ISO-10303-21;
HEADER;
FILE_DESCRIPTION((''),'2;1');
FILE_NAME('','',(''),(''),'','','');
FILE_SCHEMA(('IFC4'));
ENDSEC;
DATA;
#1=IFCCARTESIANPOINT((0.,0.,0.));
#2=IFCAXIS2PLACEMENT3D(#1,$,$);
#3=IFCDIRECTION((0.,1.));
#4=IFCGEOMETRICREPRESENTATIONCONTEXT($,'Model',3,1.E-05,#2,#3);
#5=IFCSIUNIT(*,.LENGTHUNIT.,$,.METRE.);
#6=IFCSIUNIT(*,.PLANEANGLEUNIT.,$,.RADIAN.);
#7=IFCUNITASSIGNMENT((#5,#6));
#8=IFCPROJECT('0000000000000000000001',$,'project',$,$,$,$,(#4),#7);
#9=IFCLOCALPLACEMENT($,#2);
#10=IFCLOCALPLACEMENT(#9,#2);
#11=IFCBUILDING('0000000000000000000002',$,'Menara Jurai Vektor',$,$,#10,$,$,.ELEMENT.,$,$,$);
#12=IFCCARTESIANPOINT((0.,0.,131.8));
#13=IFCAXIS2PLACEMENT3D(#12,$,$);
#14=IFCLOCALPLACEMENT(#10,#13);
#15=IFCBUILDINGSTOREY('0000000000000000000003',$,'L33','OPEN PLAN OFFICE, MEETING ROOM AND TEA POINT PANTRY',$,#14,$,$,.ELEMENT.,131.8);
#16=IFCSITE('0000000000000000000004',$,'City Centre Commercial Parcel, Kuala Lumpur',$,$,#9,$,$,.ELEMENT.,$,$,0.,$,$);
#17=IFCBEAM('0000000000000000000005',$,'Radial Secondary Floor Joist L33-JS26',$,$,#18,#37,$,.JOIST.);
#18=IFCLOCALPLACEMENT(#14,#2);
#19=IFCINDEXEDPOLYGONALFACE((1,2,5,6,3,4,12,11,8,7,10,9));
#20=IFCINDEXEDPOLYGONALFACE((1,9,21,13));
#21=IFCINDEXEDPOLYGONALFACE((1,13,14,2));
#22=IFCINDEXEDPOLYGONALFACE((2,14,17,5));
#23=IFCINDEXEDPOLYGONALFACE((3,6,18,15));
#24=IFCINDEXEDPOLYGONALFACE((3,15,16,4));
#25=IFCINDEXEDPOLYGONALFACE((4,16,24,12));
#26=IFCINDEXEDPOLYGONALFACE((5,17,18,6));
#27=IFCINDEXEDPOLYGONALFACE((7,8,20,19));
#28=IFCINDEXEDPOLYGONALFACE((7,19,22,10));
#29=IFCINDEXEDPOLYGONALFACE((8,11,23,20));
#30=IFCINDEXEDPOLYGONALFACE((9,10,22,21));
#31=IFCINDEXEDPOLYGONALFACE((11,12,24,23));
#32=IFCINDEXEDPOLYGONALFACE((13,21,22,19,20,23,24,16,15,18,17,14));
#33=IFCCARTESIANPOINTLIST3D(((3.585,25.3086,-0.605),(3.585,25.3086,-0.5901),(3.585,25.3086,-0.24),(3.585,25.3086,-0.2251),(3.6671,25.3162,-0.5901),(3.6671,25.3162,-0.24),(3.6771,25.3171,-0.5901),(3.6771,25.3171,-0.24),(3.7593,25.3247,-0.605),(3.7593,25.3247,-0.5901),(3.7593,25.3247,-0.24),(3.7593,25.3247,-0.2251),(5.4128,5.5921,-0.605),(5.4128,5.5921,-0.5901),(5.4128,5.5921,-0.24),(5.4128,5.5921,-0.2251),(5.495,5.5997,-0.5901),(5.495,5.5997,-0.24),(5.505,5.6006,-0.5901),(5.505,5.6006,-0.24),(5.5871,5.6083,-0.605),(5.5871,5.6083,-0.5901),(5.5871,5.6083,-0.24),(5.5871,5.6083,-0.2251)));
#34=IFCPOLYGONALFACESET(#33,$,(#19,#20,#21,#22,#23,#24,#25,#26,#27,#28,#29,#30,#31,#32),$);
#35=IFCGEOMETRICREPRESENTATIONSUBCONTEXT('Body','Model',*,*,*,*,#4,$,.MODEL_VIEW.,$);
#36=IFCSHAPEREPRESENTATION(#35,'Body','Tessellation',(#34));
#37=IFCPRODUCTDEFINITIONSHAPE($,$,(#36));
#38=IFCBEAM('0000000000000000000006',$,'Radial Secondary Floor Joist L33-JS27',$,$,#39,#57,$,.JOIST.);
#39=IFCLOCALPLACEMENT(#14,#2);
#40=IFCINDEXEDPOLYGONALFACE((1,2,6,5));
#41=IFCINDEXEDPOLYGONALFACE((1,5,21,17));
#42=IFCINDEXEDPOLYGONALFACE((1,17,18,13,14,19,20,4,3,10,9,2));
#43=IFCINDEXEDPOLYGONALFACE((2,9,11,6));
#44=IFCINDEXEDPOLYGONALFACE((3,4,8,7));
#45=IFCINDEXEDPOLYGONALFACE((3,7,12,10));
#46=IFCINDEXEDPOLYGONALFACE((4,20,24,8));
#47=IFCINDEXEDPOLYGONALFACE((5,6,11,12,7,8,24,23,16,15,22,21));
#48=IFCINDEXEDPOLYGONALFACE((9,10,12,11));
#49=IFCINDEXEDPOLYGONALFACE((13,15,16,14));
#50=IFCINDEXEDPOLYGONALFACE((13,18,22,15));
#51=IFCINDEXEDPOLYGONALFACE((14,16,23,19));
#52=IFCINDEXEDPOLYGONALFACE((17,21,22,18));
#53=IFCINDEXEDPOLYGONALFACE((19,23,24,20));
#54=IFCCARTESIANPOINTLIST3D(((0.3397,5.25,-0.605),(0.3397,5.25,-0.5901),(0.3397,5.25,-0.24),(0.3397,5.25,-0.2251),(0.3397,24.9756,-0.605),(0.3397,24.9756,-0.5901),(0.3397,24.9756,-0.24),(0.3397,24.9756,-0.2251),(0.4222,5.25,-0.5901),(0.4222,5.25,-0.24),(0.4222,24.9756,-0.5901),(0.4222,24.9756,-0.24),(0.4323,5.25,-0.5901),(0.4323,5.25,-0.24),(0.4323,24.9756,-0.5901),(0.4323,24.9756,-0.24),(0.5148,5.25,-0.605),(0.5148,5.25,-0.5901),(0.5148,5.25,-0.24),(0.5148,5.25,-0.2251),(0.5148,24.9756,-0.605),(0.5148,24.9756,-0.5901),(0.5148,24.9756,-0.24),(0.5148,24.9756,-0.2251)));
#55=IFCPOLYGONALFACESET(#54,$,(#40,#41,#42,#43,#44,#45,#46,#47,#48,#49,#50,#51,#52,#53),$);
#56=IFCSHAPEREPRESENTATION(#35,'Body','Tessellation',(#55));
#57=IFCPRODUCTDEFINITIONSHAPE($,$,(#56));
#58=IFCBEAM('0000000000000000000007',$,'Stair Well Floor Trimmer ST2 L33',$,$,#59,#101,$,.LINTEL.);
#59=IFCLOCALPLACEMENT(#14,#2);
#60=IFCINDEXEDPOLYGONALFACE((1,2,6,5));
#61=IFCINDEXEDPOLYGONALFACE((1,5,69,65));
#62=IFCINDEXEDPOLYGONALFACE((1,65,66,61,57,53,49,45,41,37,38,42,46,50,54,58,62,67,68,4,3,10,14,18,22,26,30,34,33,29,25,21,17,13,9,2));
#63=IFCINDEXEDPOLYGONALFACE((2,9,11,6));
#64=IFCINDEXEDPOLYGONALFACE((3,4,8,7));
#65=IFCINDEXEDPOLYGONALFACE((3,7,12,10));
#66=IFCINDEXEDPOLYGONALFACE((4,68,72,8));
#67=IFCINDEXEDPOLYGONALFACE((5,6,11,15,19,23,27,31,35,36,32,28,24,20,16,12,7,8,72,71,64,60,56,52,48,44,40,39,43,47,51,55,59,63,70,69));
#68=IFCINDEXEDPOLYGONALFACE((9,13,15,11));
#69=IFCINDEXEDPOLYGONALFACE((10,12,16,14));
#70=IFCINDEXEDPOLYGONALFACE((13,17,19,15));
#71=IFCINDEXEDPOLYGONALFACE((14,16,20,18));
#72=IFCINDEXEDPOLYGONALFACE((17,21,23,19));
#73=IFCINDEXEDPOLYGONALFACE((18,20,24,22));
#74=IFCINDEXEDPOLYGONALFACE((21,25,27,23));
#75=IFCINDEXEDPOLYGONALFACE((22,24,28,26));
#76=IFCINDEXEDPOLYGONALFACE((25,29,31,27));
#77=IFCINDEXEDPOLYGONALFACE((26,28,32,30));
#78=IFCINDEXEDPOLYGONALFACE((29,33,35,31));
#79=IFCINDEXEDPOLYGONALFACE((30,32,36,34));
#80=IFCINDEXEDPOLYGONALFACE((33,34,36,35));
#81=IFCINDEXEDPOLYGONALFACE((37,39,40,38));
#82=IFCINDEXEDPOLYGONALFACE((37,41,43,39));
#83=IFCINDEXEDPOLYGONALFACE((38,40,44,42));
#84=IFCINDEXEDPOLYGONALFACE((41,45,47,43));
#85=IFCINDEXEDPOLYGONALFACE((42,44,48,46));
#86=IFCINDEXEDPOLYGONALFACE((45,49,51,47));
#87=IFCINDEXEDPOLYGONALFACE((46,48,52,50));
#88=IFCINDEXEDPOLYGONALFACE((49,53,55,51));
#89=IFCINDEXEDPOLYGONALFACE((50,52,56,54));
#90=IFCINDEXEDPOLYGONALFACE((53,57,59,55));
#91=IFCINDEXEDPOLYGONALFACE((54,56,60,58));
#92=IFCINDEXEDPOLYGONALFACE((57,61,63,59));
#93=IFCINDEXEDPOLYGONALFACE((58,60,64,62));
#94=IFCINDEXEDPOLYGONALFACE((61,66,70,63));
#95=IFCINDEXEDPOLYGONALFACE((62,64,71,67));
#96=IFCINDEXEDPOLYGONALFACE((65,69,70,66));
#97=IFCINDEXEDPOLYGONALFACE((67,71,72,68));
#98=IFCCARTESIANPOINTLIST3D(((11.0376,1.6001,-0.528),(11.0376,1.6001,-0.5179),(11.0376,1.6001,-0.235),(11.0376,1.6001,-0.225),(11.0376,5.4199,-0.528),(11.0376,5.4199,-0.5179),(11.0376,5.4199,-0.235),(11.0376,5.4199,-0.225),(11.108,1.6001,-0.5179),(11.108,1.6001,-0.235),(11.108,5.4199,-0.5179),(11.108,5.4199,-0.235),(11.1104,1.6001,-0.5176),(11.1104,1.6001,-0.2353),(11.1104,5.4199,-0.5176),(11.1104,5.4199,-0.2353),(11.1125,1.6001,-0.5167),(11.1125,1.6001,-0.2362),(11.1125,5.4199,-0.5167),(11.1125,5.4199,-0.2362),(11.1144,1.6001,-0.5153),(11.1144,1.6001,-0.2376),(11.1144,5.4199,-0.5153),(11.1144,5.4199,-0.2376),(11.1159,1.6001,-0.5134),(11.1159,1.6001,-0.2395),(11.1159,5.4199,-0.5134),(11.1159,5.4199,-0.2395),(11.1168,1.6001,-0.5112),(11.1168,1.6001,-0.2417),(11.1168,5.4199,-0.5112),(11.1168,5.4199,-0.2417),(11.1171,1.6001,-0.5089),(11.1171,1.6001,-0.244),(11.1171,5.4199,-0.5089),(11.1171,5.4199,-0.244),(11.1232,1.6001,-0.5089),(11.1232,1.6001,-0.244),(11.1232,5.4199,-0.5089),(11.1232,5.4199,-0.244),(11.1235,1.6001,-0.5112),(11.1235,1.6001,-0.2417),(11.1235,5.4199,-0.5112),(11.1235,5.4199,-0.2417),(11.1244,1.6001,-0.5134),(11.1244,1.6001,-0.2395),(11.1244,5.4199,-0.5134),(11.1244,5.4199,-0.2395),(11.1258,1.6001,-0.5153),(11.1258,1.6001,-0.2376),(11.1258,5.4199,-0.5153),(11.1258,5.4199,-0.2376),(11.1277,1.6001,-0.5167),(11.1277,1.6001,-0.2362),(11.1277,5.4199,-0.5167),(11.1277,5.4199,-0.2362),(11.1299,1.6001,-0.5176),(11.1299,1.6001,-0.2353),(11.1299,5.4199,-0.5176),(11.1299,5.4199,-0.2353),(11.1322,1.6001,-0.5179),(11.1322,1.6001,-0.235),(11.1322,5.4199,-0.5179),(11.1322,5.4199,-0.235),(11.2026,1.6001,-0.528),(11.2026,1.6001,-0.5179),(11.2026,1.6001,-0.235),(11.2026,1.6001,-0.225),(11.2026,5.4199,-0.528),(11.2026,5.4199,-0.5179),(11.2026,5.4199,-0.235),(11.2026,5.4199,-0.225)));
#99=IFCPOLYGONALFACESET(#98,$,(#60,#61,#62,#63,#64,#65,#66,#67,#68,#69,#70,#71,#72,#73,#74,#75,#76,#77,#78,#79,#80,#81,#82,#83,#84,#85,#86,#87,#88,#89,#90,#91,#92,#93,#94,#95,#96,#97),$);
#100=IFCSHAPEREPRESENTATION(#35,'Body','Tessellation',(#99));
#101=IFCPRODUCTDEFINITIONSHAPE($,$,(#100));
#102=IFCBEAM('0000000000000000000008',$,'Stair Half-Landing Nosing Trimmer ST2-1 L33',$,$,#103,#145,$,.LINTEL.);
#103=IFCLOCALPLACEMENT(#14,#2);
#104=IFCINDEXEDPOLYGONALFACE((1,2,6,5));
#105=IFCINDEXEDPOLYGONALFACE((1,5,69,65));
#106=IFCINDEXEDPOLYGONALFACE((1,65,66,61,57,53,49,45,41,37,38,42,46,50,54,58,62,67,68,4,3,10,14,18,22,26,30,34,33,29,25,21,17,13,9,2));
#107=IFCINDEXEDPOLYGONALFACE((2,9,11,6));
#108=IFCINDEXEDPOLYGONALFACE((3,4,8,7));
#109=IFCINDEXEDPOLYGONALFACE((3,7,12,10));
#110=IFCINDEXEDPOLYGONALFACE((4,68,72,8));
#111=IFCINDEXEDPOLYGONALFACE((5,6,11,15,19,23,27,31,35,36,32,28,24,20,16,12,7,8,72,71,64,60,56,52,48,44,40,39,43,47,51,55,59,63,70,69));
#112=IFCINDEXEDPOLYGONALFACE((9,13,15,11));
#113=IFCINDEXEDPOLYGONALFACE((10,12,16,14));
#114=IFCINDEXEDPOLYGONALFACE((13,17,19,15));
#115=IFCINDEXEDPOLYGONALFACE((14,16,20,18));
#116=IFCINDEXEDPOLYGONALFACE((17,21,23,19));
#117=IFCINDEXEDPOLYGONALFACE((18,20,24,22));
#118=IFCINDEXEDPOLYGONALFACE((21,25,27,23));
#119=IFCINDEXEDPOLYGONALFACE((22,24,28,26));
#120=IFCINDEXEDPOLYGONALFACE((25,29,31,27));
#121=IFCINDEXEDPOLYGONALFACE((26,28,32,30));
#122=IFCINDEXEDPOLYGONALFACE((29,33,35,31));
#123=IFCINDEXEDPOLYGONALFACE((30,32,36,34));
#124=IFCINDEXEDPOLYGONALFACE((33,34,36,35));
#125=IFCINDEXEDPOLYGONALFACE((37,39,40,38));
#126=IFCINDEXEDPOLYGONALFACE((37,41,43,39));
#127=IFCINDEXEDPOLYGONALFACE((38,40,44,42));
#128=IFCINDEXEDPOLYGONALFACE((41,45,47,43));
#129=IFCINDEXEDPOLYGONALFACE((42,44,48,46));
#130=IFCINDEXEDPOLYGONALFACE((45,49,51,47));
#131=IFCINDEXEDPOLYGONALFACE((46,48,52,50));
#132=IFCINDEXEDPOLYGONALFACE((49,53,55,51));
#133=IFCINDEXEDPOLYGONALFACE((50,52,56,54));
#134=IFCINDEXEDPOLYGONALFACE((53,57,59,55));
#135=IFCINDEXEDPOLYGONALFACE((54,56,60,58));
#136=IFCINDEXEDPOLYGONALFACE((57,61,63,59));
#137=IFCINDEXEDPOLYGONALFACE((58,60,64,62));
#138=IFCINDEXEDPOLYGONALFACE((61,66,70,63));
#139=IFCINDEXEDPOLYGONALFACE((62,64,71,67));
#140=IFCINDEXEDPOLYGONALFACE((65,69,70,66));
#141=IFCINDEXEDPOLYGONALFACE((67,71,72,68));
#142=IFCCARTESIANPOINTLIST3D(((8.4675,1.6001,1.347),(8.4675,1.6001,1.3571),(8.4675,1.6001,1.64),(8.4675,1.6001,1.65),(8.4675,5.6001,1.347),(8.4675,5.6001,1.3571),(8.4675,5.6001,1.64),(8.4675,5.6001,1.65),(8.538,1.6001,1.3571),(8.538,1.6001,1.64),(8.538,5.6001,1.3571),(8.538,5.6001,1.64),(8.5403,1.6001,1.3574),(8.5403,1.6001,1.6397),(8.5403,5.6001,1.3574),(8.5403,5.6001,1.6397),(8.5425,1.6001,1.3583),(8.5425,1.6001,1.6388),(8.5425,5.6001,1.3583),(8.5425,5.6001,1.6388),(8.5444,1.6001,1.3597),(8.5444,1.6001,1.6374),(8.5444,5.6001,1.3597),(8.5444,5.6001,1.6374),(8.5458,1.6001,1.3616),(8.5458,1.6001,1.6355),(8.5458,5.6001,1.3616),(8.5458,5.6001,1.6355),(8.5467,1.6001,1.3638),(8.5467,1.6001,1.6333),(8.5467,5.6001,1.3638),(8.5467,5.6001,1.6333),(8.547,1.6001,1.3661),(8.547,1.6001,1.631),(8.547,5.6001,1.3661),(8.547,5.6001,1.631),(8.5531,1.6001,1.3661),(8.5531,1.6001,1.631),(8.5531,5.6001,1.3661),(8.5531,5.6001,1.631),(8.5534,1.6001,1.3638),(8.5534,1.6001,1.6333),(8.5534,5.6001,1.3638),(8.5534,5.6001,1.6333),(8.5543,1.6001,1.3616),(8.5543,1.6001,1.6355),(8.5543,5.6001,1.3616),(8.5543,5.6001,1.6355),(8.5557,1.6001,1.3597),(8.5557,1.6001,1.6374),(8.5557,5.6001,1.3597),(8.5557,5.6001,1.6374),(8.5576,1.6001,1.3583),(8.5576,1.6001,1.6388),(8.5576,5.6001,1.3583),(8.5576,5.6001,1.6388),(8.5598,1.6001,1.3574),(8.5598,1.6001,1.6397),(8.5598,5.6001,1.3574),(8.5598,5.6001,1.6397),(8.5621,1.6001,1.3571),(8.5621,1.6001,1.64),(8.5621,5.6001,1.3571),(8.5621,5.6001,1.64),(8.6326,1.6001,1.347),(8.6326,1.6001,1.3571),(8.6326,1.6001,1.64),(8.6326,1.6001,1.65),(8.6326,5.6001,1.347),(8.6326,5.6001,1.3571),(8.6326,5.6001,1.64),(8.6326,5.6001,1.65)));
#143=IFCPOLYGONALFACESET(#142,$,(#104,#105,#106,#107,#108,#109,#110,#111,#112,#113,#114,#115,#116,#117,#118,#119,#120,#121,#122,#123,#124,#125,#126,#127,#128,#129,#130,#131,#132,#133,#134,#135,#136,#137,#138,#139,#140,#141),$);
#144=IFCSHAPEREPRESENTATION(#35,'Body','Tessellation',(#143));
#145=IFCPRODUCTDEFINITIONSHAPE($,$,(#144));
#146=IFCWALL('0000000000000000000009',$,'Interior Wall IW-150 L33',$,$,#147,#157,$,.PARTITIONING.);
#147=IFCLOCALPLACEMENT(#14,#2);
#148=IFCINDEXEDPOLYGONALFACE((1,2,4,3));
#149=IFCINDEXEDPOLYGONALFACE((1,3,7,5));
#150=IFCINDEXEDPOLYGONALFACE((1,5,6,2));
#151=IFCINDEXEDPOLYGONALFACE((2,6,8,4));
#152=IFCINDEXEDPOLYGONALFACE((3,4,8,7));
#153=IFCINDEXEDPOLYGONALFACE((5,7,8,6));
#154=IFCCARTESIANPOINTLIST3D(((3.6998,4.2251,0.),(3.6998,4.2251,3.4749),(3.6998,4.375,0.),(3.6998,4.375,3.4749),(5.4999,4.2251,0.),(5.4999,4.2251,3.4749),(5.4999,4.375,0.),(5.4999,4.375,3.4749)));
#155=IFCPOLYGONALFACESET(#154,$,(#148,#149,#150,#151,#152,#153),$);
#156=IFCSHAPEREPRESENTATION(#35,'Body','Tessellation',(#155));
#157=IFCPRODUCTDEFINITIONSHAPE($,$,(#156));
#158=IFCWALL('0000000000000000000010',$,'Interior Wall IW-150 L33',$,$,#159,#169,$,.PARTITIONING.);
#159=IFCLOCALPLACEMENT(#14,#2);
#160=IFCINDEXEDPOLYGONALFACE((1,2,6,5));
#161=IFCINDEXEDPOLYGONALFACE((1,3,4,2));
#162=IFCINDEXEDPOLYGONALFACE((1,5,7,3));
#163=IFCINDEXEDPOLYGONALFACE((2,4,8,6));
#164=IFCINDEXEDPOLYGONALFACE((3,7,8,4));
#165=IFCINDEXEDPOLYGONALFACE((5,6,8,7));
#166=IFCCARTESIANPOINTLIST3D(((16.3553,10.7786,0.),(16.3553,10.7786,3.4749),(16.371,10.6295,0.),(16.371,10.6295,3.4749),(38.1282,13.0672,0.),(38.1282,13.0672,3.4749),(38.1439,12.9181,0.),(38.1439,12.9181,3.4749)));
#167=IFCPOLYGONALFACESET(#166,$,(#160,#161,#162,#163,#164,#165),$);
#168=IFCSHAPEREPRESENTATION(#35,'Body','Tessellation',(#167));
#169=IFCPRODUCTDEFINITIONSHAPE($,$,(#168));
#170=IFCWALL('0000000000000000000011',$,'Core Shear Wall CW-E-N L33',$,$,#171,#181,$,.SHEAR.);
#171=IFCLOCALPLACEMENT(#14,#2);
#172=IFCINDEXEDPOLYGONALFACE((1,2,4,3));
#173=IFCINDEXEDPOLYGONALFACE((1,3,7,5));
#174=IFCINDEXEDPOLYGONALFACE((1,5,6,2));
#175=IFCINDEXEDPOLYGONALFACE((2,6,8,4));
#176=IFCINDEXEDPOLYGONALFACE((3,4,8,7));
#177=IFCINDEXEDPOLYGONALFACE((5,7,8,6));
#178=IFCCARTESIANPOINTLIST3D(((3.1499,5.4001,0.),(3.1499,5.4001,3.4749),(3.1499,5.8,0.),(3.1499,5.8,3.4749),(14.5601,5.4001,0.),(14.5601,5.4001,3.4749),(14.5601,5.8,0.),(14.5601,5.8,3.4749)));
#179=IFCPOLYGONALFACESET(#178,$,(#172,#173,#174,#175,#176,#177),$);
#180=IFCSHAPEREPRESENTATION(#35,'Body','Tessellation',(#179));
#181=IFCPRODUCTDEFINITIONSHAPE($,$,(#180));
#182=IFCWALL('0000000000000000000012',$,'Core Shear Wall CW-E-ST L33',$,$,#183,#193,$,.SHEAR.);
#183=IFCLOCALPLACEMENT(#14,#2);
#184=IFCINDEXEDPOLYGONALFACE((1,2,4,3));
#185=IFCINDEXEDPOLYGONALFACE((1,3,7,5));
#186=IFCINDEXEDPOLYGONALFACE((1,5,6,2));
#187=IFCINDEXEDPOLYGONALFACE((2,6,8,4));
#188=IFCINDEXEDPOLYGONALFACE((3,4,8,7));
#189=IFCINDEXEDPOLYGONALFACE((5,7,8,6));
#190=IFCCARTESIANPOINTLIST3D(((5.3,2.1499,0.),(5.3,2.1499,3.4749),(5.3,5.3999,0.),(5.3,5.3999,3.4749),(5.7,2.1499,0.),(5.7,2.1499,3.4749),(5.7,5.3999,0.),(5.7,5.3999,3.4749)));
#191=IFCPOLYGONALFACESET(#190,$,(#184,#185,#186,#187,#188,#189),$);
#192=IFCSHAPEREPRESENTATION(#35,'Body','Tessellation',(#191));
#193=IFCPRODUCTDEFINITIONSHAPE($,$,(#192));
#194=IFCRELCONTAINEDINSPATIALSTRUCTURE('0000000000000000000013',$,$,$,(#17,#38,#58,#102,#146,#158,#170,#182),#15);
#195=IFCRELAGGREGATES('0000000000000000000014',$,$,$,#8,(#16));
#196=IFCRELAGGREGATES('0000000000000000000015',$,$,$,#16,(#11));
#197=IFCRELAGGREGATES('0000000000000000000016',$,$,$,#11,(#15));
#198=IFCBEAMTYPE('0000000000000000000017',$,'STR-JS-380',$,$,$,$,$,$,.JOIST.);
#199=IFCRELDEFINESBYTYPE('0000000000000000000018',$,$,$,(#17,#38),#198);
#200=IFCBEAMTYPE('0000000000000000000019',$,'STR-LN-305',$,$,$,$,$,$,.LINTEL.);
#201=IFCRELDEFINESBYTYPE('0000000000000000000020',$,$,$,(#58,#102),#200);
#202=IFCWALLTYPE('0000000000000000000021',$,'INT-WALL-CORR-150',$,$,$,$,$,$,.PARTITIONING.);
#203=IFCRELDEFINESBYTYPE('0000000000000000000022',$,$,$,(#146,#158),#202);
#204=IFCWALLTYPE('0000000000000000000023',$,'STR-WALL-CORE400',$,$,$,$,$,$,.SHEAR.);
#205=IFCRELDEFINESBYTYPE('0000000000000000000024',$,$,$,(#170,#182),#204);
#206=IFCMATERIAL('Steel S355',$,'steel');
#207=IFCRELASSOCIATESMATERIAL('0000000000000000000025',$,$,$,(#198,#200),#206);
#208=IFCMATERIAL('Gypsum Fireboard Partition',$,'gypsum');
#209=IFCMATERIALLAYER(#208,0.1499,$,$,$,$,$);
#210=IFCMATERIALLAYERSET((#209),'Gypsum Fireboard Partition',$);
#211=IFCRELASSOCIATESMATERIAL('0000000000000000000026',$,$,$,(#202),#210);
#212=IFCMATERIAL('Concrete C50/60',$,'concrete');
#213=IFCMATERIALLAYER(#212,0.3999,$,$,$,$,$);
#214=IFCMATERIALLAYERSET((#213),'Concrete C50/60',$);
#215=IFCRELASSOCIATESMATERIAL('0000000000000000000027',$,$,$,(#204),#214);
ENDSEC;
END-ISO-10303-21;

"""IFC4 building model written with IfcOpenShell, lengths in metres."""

from ifc_helpers import new_model, si_unit, direction, frame, frame_2d, origin, origin_2d, place, context, subcontext, project, spatial, rectangle, i_section, extrude, material, layer, layer_set, material_profile, profile_set, type_object, element, save


model = new_model("IFC4")

# Units and contexts
model_context = context("Model", 3, precision=1e-05, world=origin(), true_north=direction((0.0, 1.0)))
body_context = subcontext(model_context, "Body", "Model", "MODEL_VIEW")
ifc_project = project(units=[si_unit("LENGTHUNIT", "METRE"), si_unit("PLANEANGLEUNIT", "RADIAN")], contexts=[model_context])

# Site, building, storey
site_placement = place(None, origin())
site = spatial("IfcSite", under=ifc_project, at=site_placement, Name="City Centre Commercial Parcel, Kuala Lumpur", CompositionType="ELEMENT", RefElevation=0.0)
building_placement = place(site_placement, origin())
building = spatial("IfcBuilding", under=site, at=building_placement, Name="Menara Jurai Vektor", CompositionType="ELEMENT")
storey_placement = place(building_placement, frame((0.0, 0.0, 131.8)))
storey = spatial("IfcBuildingStorey", under=building, at=storey_placement, Name="L33", Description="OPEN PLAN OFFICE, MEETING ROOM AND TEA POINT PANTRY", CompositionType="ELEMENT", Elevation=131.8)

# Shared definitions
ifc_material_1 = material(Name="Concrete C50/60", Category="concrete")
ifc_material_2 = material(Name="Steel S355", Category="steel")

# Beams
ifc_material_profile_1 = material_profile(ifc_material_2, i_section(OverallWidth=0.175, OverallDepth=0.3799, WebThickness=0.01, FlangeThickness=0.0149, at=origin_2d()), Name="PG 380x175x58")
ifc_profile_set_1 = profile_set([ifc_material_profile_1], Name="Steel S355")
beam_type_1 = type_object("IfcBeamType", Name="STR-JS-380", PredefinedType="JOIST", material=ifc_profile_set_1)
beam_1_placement = place(storey_placement, frame((3.6721, 25.3167, -0.415), z_axis=(0.092312, -0.99573, 0.0), x_axis=(0.99573, 0.092312, 0.0)))
element("IfcBeam", 1, at=beam_1_placement, inside=storey, type_object=beam_type_1, Name="Radial Secondary Floor Joist L33-JS26", PredefinedType="JOIST", context=body_context, shape_type="SweptSolid", body=[
    extrude(i_section(OverallWidth=0.175, OverallDepth=0.3799, WebThickness=0.01, FlangeThickness=0.0149, at=origin_2d()), origin(), (0.0, 0.0, 1.0), 19.801),
])
beam_2_placement = place(storey_placement, frame((0.4272, 24.9756, -0.415), z_axis=(0.0, -1.0, 0.0), x_axis=(1.0, 0.0, 0.0)))
element("IfcBeam", 2, at=beam_2_placement, inside=storey, type_object=beam_type_1, Name="Radial Secondary Floor Joist L33-JS27", PredefinedType="JOIST", context=body_context, shape_type="SweptSolid", body=[
    extrude(i_section(OverallWidth=0.175, OverallDepth=0.3799, WebThickness=0.01, FlangeThickness=0.0149, at=origin_2d()), origin(), (0.0, 0.0, 1.0), 19.7256),
])
ifc_material_profile_2 = material_profile(ifc_material_2, i_section(OverallWidth=0.165, OverallDepth=0.303, WebThickness=0.0061, FlangeThickness=0.01, FilletRadius=0.009, at=origin_2d()), Name="UKB 305x165x40")
ifc_profile_set_2 = profile_set([ifc_material_profile_2], Name="Steel S355")
beam_type_2 = type_object("IfcBeamType", Name="STR-LN-305", PredefinedType="LINTEL", material=ifc_profile_set_2)
beam_3_placement = place(storey_placement, frame((11.1201, 1.6001, -0.3765), z_axis=(0.0, 1.0, 0.0), x_axis=(-1.0, 0.0, 0.0)))
element("IfcBeam", 3, at=beam_3_placement, inside=storey, type_object=beam_type_2, Name="Stair Well Floor Trimmer ST2 L33", PredefinedType="LINTEL", context=body_context, shape_type="SweptSolid", body=[
    extrude(i_section(OverallWidth=0.165, OverallDepth=0.303, WebThickness=0.0061, FlangeThickness=0.01, FilletRadius=0.009, at=origin_2d()), origin(), (0.0, 0.0, 1.0), 3.8198),
])
beam_4_placement = place(storey_placement, frame((8.55, 1.6001, 1.4985), z_axis=(0.0, 1.0, 0.0), x_axis=(-1.0, 0.0, 0.0)))
element("IfcBeam", 4, at=beam_4_placement, inside=storey, type_object=beam_type_2, Name="Stair Half-Landing Nosing Trimmer ST2-1 L33", PredefinedType="LINTEL", context=body_context, shape_type="SweptSolid", body=[
    extrude(i_section(OverallWidth=0.165, OverallDepth=0.303, WebThickness=0.0061, FlangeThickness=0.01, FilletRadius=0.009, at=origin_2d()), origin(), (0.0, 0.0, 1.0), 4.0),
])

# Walls
ifc_material_3 = material(Name="Gypsum Fireboard Partition", Category="gypsum")
ifc_layer_1 = layer(ifc_material_3, 0.1499)
ifc_layer_set_1 = layer_set([ifc_layer_1], Name="Gypsum Fireboard Partition")
wall_type_1 = type_object("IfcWallType", Name="INT-WALL-CORR-150", PredefinedType="PARTITIONING", material=ifc_layer_set_1)
wall_1_placement = place(storey_placement, frame((3.7, 4.3, 0.0), z_axis=(0.0, 0.0, 1.0), x_axis=(1.0, 0.0, 0.0)))
element("IfcWall", 5, at=wall_1_placement, inside=storey, type_object=wall_type_1, Name="Interior Wall IW-150 L33", PredefinedType="PARTITIONING", context=body_context, shape_type="SweptSolid", body=[
    extrude(rectangle(XDim=1.8, YDim=0.1499, at=frame_2d((0.8999, 0.0))), origin(), (0.0, 0.0, 1.0), 3.4749),
])
wall_2_placement = place(storey_placement, frame((16.3633, 10.7041, 0.0), z_axis=(0.0, 0.0, 1.0), x_axis=(0.994521, 0.104535, 0.0)))
element("IfcWall", 6, at=wall_2_placement, inside=storey, type_object=wall_type_1, Name="Interior Wall IW-150 L33", PredefinedType="PARTITIONING", context=body_context, shape_type="SweptSolid", body=[
    extrude(rectangle(XDim=21.8928, YDim=0.1499, at=frame_2d((10.9463, 0.0))), origin(), (0.0, 0.0, 1.0), 3.4749),
])
ifc_layer_2 = layer(ifc_material_1, 0.3999)
ifc_layer_set_2 = layer_set([ifc_layer_2], Name="Concrete C50/60")
wall_type_2 = type_object("IfcWallType", Name="STR-WALL-CORE400", PredefinedType="SHEAR", material=ifc_layer_set_2)
wall_3_placement = place(storey_placement, frame((3.1499, 5.6001, 0.0), z_axis=(0.0, 0.0, 1.0), x_axis=(1.0, 0.0, 0.0)))
element("IfcWall", 7, at=wall_3_placement, inside=storey, type_object=wall_type_2, Name="Core Shear Wall CW-E-N L33", PredefinedType="SHEAR", context=body_context, shape_type="SweptSolid", body=[
    extrude(rectangle(XDim=11.4102, YDim=0.3999, at=frame_2d((5.7051, 0.0))), origin(), (0.0, 0.0, 1.0), 3.4749),
])
wall_4_placement = place(storey_placement, frame((5.5, 2.1499, 0.0), z_axis=(0.0, 0.0, 1.0), x_axis=(0.0, 1.0, 0.0)))
element("IfcWall", 8, at=wall_4_placement, inside=storey, type_object=wall_type_2, Name="Core Shear Wall CW-E-ST L33", PredefinedType="SHEAR", context=body_context, shape_type="SweptSolid", body=[
    extrude(rectangle(XDim=3.25, YDim=0.3999, at=frame_2d((1.625, 0.0))), origin(), (0.0, 0.0, 1.0), 3.4749),
])

save(model, "model.ifc")
